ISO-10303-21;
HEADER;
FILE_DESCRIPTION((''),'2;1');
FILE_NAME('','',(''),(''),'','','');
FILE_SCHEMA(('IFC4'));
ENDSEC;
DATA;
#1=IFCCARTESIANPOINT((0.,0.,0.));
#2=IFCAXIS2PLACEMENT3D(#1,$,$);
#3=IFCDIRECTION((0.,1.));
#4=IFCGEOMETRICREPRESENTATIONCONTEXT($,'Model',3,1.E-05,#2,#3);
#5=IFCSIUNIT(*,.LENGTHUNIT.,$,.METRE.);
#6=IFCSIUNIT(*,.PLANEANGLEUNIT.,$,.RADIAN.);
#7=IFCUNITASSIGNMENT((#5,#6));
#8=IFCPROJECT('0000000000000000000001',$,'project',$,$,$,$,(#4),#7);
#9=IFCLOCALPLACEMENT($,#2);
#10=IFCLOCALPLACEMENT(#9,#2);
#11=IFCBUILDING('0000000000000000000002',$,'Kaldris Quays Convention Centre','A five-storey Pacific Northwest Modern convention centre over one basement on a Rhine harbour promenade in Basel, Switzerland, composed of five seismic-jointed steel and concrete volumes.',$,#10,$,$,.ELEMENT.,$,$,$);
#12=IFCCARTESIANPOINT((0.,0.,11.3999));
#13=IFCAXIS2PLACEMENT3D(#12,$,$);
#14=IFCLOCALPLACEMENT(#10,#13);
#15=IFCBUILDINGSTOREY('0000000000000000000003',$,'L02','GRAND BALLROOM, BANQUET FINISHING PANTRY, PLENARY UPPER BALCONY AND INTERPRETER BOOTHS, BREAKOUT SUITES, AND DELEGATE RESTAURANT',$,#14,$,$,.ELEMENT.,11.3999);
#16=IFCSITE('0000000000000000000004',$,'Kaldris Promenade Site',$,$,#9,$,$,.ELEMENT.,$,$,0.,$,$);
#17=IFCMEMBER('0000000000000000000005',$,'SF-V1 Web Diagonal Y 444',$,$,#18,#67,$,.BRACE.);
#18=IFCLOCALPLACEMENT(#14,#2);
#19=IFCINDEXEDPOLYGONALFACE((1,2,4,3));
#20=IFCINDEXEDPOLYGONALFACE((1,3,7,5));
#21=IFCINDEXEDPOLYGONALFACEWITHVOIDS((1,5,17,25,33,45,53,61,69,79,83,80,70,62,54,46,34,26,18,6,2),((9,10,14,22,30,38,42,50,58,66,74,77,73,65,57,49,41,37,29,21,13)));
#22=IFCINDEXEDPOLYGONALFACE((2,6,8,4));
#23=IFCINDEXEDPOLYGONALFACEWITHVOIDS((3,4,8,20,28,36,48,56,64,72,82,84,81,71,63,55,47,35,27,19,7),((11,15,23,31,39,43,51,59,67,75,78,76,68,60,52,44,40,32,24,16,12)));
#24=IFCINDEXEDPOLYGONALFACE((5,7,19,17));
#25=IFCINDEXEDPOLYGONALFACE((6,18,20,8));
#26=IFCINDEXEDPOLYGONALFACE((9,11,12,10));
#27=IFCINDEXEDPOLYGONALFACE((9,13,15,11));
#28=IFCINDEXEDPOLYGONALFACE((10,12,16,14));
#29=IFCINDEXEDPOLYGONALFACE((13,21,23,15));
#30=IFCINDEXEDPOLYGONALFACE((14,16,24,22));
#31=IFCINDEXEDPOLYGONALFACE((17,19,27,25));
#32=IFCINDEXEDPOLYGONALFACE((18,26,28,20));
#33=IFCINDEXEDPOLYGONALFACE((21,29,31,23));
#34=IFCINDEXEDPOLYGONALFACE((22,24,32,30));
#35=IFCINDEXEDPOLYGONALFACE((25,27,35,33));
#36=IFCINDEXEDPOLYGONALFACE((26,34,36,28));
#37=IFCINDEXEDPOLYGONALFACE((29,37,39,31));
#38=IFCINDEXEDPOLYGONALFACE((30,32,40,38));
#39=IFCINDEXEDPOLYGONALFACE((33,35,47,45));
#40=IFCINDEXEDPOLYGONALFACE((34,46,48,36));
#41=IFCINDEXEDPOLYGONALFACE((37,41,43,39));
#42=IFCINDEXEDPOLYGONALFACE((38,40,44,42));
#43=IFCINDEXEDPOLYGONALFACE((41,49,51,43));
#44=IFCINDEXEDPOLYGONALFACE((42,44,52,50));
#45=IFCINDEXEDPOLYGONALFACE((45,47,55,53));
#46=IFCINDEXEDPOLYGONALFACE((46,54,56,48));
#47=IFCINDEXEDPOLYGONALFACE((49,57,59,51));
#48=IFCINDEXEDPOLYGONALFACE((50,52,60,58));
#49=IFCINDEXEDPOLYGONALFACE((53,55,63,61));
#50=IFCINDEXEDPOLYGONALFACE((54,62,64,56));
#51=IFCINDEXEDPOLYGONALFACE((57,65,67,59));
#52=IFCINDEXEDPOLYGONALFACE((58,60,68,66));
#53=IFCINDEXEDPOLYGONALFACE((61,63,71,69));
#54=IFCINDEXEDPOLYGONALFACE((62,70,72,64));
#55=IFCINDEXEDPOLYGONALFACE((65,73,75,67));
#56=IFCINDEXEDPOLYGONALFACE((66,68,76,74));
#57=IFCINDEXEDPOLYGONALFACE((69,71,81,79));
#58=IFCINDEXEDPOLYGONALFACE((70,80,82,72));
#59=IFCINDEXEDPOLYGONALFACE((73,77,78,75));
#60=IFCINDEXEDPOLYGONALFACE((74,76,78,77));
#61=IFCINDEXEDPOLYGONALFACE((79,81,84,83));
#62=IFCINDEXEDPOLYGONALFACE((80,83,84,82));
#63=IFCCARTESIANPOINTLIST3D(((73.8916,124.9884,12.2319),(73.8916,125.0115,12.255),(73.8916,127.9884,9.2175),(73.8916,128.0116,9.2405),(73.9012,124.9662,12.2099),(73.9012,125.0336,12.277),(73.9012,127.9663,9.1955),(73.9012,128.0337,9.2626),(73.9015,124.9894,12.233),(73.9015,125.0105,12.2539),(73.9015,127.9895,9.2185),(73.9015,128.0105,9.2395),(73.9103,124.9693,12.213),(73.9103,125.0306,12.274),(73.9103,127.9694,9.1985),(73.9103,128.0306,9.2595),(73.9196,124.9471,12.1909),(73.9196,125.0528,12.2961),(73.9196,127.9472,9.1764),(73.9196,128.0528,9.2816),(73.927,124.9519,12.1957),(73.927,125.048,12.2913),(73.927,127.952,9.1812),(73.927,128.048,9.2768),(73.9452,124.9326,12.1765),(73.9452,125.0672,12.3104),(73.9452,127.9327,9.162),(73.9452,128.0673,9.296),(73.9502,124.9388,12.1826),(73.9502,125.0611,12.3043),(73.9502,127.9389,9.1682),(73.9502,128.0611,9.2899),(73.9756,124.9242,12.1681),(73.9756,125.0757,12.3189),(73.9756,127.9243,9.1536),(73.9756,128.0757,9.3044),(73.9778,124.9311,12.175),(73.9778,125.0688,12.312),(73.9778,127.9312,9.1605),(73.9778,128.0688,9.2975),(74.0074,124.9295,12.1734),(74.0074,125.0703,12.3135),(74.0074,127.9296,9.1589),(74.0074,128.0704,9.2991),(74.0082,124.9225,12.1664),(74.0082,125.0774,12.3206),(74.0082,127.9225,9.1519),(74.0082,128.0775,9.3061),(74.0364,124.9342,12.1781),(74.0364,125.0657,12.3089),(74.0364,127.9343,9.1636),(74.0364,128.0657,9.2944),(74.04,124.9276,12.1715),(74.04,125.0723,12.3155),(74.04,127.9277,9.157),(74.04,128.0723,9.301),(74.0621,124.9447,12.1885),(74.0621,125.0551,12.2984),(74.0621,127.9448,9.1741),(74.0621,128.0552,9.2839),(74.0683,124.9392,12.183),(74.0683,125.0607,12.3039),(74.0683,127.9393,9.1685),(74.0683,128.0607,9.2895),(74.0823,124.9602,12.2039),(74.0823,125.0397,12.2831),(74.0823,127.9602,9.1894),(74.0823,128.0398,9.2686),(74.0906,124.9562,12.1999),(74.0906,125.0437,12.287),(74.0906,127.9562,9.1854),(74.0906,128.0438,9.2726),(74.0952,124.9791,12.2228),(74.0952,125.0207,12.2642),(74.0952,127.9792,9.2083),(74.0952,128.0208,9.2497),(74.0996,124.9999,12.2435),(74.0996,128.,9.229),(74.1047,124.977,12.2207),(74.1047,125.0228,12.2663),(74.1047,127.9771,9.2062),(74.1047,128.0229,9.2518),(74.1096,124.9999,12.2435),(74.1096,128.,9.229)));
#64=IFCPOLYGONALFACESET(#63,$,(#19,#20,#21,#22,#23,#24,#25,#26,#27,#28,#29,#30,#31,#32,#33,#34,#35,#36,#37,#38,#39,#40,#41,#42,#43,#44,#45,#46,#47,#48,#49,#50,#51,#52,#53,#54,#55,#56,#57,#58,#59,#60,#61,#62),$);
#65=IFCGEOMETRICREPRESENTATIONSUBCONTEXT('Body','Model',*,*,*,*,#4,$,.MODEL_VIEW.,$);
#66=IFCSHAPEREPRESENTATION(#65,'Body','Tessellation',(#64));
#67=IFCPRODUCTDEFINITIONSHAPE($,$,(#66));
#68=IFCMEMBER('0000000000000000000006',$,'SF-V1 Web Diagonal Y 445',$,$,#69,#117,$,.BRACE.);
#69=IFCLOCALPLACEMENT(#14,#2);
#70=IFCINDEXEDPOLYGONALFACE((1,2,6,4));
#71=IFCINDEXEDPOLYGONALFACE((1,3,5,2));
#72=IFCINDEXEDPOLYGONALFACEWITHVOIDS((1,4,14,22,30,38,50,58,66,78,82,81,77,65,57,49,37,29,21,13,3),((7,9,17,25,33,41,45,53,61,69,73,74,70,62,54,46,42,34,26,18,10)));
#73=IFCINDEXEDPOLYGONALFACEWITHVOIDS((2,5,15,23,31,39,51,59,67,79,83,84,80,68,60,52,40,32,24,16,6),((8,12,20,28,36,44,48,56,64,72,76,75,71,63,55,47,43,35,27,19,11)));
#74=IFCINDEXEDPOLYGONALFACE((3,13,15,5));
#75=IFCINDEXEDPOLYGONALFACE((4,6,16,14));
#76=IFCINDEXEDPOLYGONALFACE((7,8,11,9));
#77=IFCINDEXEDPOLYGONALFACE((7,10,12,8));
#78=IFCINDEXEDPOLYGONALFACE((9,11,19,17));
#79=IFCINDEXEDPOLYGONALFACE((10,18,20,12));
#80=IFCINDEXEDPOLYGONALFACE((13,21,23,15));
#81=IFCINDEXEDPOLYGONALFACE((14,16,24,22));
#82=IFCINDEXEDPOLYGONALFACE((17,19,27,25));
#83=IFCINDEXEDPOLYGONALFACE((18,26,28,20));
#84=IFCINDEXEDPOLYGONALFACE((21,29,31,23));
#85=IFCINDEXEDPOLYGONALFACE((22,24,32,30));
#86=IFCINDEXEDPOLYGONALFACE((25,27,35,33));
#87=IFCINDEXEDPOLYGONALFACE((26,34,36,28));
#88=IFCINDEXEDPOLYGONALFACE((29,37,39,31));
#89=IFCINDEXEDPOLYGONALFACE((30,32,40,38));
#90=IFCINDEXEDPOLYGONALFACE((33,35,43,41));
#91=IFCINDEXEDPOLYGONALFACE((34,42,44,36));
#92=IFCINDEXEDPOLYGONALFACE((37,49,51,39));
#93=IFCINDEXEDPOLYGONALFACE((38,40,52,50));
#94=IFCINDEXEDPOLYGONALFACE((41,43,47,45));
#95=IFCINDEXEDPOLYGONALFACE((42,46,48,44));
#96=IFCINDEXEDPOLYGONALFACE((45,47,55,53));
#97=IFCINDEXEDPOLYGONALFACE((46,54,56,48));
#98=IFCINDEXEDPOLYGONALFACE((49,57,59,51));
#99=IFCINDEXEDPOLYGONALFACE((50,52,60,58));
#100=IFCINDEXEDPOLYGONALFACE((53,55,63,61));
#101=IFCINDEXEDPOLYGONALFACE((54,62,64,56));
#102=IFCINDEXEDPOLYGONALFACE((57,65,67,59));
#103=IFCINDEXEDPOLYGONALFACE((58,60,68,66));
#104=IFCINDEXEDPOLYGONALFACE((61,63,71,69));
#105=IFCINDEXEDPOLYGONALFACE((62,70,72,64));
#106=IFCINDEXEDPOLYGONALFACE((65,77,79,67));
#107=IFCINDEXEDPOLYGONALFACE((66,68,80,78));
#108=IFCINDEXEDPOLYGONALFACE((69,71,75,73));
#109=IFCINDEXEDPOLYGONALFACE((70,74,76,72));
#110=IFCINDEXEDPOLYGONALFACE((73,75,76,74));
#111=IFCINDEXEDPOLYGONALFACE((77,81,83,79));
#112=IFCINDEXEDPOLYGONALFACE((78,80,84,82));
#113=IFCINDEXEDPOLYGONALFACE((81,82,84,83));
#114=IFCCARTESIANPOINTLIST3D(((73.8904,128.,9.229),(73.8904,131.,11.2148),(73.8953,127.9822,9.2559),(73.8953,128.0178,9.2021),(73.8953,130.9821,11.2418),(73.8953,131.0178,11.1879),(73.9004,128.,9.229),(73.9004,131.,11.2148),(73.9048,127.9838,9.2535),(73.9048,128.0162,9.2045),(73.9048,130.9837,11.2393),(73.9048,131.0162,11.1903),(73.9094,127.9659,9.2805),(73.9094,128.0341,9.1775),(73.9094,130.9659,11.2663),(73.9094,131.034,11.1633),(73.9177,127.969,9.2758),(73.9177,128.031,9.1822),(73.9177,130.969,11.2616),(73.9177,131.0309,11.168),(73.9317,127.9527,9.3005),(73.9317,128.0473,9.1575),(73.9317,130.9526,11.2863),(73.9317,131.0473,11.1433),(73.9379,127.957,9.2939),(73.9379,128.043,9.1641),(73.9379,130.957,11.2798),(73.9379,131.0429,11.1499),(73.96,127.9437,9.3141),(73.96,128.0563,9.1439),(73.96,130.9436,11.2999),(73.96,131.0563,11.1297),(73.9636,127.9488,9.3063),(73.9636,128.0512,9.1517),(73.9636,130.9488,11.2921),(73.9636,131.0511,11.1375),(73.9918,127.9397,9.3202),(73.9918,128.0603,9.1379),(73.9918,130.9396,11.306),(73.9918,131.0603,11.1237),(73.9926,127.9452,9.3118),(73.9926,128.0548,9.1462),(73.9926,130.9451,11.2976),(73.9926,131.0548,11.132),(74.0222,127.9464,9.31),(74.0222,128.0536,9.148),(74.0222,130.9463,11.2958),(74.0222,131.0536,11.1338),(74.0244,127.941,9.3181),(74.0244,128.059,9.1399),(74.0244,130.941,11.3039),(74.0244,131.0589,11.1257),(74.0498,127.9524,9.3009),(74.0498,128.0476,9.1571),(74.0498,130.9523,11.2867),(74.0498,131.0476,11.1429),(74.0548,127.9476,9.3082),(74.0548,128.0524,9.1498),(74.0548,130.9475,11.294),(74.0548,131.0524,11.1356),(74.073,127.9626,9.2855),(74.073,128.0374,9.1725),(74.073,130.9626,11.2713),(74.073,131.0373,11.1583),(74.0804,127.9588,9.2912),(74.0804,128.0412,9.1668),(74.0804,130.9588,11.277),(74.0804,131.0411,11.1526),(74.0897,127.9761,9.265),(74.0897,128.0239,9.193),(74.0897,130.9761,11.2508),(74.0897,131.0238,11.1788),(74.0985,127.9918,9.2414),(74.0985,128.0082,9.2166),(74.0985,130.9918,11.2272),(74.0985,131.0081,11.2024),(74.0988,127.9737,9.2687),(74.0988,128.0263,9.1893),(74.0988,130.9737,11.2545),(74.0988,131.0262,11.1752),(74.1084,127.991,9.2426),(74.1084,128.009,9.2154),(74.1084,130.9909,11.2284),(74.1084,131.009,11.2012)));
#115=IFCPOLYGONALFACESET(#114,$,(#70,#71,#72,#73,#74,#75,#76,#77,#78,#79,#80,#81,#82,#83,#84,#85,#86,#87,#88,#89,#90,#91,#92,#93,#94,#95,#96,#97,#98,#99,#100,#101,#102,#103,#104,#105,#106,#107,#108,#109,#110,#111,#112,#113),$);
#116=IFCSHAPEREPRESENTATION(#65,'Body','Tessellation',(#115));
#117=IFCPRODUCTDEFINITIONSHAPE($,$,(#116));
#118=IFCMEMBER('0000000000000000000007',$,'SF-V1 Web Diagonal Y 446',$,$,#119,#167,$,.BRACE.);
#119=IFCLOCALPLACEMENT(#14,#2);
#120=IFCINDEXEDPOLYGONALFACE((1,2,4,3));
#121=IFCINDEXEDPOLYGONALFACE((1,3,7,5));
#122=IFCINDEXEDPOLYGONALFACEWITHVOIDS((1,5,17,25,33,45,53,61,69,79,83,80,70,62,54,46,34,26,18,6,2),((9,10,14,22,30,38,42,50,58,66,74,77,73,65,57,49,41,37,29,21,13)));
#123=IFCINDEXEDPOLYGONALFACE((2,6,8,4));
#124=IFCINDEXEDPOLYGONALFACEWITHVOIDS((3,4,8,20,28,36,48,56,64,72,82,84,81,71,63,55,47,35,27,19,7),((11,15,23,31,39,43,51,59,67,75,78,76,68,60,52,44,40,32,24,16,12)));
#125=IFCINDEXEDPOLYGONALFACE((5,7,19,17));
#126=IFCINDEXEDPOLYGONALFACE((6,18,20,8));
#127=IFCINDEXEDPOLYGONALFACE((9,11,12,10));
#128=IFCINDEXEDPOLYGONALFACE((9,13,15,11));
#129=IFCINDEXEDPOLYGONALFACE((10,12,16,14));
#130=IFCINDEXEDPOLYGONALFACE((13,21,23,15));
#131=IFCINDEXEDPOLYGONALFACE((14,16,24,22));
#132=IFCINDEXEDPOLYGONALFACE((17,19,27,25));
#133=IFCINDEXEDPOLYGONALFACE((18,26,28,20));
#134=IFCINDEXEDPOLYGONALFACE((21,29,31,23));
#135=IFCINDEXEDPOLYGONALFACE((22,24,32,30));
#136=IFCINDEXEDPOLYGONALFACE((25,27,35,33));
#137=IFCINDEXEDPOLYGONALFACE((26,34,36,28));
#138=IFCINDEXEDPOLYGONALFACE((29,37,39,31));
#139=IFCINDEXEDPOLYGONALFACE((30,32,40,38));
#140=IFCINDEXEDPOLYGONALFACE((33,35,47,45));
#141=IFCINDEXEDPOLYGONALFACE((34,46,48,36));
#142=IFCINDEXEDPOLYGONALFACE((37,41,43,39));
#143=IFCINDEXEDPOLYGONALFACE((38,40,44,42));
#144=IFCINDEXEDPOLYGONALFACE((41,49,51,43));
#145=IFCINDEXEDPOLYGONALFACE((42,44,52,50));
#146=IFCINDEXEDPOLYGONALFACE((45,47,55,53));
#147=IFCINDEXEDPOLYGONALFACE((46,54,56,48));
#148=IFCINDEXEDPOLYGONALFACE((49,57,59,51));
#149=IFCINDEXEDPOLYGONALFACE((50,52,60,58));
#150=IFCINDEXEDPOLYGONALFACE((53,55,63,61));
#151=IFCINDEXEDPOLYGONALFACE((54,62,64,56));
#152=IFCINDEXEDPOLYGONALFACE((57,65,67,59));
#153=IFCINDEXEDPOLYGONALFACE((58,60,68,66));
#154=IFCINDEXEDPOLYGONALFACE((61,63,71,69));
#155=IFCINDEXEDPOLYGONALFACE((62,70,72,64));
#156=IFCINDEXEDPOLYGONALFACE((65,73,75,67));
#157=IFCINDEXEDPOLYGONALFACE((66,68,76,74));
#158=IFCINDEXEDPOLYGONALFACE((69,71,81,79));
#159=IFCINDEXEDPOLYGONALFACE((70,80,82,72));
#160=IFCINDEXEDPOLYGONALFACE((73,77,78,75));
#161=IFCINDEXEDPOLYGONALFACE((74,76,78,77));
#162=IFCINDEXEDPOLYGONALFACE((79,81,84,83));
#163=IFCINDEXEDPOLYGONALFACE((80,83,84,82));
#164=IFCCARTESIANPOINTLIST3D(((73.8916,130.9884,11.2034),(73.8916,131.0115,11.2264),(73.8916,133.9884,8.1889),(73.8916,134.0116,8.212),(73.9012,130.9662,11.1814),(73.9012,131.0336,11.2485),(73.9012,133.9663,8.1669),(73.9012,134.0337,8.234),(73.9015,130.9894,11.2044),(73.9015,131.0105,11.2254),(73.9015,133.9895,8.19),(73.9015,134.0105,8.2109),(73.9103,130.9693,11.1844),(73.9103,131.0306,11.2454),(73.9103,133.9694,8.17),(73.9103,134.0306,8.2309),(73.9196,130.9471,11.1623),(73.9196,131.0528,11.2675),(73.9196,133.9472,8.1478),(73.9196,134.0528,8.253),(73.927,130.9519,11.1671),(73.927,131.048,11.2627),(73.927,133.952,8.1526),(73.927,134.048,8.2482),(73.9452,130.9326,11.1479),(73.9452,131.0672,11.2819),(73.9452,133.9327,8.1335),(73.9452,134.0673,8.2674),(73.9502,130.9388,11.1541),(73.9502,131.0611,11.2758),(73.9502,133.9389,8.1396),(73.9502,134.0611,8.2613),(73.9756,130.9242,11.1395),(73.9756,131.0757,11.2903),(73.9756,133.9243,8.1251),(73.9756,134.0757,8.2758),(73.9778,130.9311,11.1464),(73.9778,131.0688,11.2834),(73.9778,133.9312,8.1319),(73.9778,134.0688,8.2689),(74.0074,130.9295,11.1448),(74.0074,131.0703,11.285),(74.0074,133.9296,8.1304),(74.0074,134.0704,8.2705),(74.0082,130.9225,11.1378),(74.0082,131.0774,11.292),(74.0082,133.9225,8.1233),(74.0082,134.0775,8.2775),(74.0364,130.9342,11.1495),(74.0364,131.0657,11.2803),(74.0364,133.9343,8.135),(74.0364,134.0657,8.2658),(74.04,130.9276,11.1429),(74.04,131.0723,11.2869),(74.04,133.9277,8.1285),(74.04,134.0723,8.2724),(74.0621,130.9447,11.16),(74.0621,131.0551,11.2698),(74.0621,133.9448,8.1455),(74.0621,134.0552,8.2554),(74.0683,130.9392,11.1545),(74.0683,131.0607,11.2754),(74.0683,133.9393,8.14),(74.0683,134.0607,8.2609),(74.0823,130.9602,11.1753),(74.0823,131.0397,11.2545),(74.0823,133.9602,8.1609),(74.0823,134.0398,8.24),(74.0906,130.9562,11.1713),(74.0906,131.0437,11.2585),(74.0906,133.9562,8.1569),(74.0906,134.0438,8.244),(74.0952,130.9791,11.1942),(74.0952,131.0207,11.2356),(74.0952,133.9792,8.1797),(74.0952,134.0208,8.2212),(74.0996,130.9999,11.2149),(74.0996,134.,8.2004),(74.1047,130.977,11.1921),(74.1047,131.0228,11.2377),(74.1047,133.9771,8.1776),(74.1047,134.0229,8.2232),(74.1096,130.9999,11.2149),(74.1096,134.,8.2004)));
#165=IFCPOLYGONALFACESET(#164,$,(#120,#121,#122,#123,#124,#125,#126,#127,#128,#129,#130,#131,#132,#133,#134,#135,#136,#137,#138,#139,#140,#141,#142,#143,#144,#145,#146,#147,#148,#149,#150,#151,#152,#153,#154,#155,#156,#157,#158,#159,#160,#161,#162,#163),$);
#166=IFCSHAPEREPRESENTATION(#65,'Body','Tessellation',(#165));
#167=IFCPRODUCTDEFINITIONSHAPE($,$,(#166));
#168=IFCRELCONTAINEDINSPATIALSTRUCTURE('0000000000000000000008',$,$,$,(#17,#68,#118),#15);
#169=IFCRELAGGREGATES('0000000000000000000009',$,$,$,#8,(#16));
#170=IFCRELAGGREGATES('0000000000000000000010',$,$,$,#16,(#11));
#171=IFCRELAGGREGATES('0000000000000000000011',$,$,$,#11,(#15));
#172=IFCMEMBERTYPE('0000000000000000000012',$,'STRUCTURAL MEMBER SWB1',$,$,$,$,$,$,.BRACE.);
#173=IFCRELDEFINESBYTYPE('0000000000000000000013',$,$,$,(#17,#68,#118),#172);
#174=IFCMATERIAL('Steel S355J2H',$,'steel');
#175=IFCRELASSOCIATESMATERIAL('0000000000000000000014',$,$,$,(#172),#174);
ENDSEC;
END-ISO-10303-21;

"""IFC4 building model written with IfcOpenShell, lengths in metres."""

from ifc_helpers import new_model, si_unit, direction, frame, origin, origin_2d, place, context, subcontext, project, spatial, hollow_circle, extrude, material, material_profile, profile_set, type_object, element, save


model = new_model("IFC4")

# Units and contexts
model_context = context("Model", 3, precision=1e-05, world=origin(), true_north=direction((0.0, 1.0)))
body_context = subcontext(model_context, "Body", "Model", "MODEL_VIEW")
ifc_project = project(units=[si_unit("LENGTHUNIT", "METRE"), si_unit("PLANEANGLEUNIT", "RADIAN")], contexts=[model_context])

# Site, building, storey
site_placement = place(None, origin())
site = spatial("IfcSite", under=ifc_project, at=site_placement, Name="Kaldris Promenade Site", CompositionType="ELEMENT", RefElevation=0.0)
building_placement = place(site_placement, origin())
building = spatial("IfcBuilding", under=site, at=building_placement, Name="Kaldris Quays Convention Centre", Description="A five-storey Pacific Northwest Modern convention centre over one basement on a Rhine harbour promenade in Basel, Switzerland, composed of five seismic-jointed steel and concrete volumes.", CompositionType="ELEMENT")
storey_placement = place(building_placement, frame((0.0, 0.0, 11.3999)))
storey = spatial("IfcBuildingStorey", under=building, at=storey_placement, Name="L02", Description="GRAND BALLROOM, BANQUET FINISHING PANTRY, PLENARY UPPER BALCONY AND INTERPRETER BOOTHS, BREAKOUT SUITES, AND DELEGATE RESTAURANT", CompositionType="ELEMENT", Elevation=11.3999)

# Members
ifc_material_1 = material(Name="Steel S355J2H", Category="steel")
ifc_material_profile_1 = material_profile(ifc_material_1, hollow_circle(Radius=0.1096, WallThickness=0.01, at=origin_2d()), Name="CHS 219.1x10")
ifc_profile_set_1 = profile_set([ifc_material_profile_1], Name="Steel S355J2H")
member_type_1 = type_object("IfcMemberType", Name="STRUCTURAL MEMBER SWB1", PredefinedType="BRACE", material=ifc_profile_set_1)
member_1_placement = place(storey_placement, frame((74.0, 128.0, 9.229), z_axis=(0.0, -0.705411, 0.708798), x_axis=(1.0, 0.0, 0.0)))
element("IfcMember", 1, at=member_1_placement, inside=storey, type_object=member_type_1, Name="SF-V1 Web Diagonal Y 444", PredefinedType="BRACE", context=body_context, shape_type="SweptSolid", body=[
    extrude(hollow_circle(Radius=0.1096, WallThickness=0.01, at=origin_2d()), origin(), (0.0, 0.0, 1.0), 4.2529),
])
member_2_placement = place(storey_placement, frame((74.0, 128.0, 9.229), z_axis=(0.0, 0.833862, 0.551972), x_axis=(-1.0, 0.0, 0.0)))
element("IfcMember", 2, at=member_2_placement, inside=storey, type_object=member_type_1, Name="SF-V1 Web Diagonal Y 445", PredefinedType="BRACE", context=body_context, shape_type="SweptSolid", body=[
    extrude(hollow_circle(Radius=0.1096, WallThickness=0.01, at=origin_2d()), origin(), (0.0, 0.0, 1.0), 3.5977),
])
member_3_placement = place(storey_placement, frame((74.0, 134.0, 8.2004), z_axis=(0.0, -0.705411, 0.708798), x_axis=(1.0, 0.0, 0.0)))
element("IfcMember", 3, at=member_3_placement, inside=storey, type_object=member_type_1, Name="SF-V1 Web Diagonal Y 446", PredefinedType="BRACE", context=body_context, shape_type="SweptSolid", body=[
    extrude(hollow_circle(Radius=0.1096, WallThickness=0.01, at=origin_2d()), origin(), (0.0, 0.0, 1.0), 4.2529),
])

save(model, "model.ifc")
